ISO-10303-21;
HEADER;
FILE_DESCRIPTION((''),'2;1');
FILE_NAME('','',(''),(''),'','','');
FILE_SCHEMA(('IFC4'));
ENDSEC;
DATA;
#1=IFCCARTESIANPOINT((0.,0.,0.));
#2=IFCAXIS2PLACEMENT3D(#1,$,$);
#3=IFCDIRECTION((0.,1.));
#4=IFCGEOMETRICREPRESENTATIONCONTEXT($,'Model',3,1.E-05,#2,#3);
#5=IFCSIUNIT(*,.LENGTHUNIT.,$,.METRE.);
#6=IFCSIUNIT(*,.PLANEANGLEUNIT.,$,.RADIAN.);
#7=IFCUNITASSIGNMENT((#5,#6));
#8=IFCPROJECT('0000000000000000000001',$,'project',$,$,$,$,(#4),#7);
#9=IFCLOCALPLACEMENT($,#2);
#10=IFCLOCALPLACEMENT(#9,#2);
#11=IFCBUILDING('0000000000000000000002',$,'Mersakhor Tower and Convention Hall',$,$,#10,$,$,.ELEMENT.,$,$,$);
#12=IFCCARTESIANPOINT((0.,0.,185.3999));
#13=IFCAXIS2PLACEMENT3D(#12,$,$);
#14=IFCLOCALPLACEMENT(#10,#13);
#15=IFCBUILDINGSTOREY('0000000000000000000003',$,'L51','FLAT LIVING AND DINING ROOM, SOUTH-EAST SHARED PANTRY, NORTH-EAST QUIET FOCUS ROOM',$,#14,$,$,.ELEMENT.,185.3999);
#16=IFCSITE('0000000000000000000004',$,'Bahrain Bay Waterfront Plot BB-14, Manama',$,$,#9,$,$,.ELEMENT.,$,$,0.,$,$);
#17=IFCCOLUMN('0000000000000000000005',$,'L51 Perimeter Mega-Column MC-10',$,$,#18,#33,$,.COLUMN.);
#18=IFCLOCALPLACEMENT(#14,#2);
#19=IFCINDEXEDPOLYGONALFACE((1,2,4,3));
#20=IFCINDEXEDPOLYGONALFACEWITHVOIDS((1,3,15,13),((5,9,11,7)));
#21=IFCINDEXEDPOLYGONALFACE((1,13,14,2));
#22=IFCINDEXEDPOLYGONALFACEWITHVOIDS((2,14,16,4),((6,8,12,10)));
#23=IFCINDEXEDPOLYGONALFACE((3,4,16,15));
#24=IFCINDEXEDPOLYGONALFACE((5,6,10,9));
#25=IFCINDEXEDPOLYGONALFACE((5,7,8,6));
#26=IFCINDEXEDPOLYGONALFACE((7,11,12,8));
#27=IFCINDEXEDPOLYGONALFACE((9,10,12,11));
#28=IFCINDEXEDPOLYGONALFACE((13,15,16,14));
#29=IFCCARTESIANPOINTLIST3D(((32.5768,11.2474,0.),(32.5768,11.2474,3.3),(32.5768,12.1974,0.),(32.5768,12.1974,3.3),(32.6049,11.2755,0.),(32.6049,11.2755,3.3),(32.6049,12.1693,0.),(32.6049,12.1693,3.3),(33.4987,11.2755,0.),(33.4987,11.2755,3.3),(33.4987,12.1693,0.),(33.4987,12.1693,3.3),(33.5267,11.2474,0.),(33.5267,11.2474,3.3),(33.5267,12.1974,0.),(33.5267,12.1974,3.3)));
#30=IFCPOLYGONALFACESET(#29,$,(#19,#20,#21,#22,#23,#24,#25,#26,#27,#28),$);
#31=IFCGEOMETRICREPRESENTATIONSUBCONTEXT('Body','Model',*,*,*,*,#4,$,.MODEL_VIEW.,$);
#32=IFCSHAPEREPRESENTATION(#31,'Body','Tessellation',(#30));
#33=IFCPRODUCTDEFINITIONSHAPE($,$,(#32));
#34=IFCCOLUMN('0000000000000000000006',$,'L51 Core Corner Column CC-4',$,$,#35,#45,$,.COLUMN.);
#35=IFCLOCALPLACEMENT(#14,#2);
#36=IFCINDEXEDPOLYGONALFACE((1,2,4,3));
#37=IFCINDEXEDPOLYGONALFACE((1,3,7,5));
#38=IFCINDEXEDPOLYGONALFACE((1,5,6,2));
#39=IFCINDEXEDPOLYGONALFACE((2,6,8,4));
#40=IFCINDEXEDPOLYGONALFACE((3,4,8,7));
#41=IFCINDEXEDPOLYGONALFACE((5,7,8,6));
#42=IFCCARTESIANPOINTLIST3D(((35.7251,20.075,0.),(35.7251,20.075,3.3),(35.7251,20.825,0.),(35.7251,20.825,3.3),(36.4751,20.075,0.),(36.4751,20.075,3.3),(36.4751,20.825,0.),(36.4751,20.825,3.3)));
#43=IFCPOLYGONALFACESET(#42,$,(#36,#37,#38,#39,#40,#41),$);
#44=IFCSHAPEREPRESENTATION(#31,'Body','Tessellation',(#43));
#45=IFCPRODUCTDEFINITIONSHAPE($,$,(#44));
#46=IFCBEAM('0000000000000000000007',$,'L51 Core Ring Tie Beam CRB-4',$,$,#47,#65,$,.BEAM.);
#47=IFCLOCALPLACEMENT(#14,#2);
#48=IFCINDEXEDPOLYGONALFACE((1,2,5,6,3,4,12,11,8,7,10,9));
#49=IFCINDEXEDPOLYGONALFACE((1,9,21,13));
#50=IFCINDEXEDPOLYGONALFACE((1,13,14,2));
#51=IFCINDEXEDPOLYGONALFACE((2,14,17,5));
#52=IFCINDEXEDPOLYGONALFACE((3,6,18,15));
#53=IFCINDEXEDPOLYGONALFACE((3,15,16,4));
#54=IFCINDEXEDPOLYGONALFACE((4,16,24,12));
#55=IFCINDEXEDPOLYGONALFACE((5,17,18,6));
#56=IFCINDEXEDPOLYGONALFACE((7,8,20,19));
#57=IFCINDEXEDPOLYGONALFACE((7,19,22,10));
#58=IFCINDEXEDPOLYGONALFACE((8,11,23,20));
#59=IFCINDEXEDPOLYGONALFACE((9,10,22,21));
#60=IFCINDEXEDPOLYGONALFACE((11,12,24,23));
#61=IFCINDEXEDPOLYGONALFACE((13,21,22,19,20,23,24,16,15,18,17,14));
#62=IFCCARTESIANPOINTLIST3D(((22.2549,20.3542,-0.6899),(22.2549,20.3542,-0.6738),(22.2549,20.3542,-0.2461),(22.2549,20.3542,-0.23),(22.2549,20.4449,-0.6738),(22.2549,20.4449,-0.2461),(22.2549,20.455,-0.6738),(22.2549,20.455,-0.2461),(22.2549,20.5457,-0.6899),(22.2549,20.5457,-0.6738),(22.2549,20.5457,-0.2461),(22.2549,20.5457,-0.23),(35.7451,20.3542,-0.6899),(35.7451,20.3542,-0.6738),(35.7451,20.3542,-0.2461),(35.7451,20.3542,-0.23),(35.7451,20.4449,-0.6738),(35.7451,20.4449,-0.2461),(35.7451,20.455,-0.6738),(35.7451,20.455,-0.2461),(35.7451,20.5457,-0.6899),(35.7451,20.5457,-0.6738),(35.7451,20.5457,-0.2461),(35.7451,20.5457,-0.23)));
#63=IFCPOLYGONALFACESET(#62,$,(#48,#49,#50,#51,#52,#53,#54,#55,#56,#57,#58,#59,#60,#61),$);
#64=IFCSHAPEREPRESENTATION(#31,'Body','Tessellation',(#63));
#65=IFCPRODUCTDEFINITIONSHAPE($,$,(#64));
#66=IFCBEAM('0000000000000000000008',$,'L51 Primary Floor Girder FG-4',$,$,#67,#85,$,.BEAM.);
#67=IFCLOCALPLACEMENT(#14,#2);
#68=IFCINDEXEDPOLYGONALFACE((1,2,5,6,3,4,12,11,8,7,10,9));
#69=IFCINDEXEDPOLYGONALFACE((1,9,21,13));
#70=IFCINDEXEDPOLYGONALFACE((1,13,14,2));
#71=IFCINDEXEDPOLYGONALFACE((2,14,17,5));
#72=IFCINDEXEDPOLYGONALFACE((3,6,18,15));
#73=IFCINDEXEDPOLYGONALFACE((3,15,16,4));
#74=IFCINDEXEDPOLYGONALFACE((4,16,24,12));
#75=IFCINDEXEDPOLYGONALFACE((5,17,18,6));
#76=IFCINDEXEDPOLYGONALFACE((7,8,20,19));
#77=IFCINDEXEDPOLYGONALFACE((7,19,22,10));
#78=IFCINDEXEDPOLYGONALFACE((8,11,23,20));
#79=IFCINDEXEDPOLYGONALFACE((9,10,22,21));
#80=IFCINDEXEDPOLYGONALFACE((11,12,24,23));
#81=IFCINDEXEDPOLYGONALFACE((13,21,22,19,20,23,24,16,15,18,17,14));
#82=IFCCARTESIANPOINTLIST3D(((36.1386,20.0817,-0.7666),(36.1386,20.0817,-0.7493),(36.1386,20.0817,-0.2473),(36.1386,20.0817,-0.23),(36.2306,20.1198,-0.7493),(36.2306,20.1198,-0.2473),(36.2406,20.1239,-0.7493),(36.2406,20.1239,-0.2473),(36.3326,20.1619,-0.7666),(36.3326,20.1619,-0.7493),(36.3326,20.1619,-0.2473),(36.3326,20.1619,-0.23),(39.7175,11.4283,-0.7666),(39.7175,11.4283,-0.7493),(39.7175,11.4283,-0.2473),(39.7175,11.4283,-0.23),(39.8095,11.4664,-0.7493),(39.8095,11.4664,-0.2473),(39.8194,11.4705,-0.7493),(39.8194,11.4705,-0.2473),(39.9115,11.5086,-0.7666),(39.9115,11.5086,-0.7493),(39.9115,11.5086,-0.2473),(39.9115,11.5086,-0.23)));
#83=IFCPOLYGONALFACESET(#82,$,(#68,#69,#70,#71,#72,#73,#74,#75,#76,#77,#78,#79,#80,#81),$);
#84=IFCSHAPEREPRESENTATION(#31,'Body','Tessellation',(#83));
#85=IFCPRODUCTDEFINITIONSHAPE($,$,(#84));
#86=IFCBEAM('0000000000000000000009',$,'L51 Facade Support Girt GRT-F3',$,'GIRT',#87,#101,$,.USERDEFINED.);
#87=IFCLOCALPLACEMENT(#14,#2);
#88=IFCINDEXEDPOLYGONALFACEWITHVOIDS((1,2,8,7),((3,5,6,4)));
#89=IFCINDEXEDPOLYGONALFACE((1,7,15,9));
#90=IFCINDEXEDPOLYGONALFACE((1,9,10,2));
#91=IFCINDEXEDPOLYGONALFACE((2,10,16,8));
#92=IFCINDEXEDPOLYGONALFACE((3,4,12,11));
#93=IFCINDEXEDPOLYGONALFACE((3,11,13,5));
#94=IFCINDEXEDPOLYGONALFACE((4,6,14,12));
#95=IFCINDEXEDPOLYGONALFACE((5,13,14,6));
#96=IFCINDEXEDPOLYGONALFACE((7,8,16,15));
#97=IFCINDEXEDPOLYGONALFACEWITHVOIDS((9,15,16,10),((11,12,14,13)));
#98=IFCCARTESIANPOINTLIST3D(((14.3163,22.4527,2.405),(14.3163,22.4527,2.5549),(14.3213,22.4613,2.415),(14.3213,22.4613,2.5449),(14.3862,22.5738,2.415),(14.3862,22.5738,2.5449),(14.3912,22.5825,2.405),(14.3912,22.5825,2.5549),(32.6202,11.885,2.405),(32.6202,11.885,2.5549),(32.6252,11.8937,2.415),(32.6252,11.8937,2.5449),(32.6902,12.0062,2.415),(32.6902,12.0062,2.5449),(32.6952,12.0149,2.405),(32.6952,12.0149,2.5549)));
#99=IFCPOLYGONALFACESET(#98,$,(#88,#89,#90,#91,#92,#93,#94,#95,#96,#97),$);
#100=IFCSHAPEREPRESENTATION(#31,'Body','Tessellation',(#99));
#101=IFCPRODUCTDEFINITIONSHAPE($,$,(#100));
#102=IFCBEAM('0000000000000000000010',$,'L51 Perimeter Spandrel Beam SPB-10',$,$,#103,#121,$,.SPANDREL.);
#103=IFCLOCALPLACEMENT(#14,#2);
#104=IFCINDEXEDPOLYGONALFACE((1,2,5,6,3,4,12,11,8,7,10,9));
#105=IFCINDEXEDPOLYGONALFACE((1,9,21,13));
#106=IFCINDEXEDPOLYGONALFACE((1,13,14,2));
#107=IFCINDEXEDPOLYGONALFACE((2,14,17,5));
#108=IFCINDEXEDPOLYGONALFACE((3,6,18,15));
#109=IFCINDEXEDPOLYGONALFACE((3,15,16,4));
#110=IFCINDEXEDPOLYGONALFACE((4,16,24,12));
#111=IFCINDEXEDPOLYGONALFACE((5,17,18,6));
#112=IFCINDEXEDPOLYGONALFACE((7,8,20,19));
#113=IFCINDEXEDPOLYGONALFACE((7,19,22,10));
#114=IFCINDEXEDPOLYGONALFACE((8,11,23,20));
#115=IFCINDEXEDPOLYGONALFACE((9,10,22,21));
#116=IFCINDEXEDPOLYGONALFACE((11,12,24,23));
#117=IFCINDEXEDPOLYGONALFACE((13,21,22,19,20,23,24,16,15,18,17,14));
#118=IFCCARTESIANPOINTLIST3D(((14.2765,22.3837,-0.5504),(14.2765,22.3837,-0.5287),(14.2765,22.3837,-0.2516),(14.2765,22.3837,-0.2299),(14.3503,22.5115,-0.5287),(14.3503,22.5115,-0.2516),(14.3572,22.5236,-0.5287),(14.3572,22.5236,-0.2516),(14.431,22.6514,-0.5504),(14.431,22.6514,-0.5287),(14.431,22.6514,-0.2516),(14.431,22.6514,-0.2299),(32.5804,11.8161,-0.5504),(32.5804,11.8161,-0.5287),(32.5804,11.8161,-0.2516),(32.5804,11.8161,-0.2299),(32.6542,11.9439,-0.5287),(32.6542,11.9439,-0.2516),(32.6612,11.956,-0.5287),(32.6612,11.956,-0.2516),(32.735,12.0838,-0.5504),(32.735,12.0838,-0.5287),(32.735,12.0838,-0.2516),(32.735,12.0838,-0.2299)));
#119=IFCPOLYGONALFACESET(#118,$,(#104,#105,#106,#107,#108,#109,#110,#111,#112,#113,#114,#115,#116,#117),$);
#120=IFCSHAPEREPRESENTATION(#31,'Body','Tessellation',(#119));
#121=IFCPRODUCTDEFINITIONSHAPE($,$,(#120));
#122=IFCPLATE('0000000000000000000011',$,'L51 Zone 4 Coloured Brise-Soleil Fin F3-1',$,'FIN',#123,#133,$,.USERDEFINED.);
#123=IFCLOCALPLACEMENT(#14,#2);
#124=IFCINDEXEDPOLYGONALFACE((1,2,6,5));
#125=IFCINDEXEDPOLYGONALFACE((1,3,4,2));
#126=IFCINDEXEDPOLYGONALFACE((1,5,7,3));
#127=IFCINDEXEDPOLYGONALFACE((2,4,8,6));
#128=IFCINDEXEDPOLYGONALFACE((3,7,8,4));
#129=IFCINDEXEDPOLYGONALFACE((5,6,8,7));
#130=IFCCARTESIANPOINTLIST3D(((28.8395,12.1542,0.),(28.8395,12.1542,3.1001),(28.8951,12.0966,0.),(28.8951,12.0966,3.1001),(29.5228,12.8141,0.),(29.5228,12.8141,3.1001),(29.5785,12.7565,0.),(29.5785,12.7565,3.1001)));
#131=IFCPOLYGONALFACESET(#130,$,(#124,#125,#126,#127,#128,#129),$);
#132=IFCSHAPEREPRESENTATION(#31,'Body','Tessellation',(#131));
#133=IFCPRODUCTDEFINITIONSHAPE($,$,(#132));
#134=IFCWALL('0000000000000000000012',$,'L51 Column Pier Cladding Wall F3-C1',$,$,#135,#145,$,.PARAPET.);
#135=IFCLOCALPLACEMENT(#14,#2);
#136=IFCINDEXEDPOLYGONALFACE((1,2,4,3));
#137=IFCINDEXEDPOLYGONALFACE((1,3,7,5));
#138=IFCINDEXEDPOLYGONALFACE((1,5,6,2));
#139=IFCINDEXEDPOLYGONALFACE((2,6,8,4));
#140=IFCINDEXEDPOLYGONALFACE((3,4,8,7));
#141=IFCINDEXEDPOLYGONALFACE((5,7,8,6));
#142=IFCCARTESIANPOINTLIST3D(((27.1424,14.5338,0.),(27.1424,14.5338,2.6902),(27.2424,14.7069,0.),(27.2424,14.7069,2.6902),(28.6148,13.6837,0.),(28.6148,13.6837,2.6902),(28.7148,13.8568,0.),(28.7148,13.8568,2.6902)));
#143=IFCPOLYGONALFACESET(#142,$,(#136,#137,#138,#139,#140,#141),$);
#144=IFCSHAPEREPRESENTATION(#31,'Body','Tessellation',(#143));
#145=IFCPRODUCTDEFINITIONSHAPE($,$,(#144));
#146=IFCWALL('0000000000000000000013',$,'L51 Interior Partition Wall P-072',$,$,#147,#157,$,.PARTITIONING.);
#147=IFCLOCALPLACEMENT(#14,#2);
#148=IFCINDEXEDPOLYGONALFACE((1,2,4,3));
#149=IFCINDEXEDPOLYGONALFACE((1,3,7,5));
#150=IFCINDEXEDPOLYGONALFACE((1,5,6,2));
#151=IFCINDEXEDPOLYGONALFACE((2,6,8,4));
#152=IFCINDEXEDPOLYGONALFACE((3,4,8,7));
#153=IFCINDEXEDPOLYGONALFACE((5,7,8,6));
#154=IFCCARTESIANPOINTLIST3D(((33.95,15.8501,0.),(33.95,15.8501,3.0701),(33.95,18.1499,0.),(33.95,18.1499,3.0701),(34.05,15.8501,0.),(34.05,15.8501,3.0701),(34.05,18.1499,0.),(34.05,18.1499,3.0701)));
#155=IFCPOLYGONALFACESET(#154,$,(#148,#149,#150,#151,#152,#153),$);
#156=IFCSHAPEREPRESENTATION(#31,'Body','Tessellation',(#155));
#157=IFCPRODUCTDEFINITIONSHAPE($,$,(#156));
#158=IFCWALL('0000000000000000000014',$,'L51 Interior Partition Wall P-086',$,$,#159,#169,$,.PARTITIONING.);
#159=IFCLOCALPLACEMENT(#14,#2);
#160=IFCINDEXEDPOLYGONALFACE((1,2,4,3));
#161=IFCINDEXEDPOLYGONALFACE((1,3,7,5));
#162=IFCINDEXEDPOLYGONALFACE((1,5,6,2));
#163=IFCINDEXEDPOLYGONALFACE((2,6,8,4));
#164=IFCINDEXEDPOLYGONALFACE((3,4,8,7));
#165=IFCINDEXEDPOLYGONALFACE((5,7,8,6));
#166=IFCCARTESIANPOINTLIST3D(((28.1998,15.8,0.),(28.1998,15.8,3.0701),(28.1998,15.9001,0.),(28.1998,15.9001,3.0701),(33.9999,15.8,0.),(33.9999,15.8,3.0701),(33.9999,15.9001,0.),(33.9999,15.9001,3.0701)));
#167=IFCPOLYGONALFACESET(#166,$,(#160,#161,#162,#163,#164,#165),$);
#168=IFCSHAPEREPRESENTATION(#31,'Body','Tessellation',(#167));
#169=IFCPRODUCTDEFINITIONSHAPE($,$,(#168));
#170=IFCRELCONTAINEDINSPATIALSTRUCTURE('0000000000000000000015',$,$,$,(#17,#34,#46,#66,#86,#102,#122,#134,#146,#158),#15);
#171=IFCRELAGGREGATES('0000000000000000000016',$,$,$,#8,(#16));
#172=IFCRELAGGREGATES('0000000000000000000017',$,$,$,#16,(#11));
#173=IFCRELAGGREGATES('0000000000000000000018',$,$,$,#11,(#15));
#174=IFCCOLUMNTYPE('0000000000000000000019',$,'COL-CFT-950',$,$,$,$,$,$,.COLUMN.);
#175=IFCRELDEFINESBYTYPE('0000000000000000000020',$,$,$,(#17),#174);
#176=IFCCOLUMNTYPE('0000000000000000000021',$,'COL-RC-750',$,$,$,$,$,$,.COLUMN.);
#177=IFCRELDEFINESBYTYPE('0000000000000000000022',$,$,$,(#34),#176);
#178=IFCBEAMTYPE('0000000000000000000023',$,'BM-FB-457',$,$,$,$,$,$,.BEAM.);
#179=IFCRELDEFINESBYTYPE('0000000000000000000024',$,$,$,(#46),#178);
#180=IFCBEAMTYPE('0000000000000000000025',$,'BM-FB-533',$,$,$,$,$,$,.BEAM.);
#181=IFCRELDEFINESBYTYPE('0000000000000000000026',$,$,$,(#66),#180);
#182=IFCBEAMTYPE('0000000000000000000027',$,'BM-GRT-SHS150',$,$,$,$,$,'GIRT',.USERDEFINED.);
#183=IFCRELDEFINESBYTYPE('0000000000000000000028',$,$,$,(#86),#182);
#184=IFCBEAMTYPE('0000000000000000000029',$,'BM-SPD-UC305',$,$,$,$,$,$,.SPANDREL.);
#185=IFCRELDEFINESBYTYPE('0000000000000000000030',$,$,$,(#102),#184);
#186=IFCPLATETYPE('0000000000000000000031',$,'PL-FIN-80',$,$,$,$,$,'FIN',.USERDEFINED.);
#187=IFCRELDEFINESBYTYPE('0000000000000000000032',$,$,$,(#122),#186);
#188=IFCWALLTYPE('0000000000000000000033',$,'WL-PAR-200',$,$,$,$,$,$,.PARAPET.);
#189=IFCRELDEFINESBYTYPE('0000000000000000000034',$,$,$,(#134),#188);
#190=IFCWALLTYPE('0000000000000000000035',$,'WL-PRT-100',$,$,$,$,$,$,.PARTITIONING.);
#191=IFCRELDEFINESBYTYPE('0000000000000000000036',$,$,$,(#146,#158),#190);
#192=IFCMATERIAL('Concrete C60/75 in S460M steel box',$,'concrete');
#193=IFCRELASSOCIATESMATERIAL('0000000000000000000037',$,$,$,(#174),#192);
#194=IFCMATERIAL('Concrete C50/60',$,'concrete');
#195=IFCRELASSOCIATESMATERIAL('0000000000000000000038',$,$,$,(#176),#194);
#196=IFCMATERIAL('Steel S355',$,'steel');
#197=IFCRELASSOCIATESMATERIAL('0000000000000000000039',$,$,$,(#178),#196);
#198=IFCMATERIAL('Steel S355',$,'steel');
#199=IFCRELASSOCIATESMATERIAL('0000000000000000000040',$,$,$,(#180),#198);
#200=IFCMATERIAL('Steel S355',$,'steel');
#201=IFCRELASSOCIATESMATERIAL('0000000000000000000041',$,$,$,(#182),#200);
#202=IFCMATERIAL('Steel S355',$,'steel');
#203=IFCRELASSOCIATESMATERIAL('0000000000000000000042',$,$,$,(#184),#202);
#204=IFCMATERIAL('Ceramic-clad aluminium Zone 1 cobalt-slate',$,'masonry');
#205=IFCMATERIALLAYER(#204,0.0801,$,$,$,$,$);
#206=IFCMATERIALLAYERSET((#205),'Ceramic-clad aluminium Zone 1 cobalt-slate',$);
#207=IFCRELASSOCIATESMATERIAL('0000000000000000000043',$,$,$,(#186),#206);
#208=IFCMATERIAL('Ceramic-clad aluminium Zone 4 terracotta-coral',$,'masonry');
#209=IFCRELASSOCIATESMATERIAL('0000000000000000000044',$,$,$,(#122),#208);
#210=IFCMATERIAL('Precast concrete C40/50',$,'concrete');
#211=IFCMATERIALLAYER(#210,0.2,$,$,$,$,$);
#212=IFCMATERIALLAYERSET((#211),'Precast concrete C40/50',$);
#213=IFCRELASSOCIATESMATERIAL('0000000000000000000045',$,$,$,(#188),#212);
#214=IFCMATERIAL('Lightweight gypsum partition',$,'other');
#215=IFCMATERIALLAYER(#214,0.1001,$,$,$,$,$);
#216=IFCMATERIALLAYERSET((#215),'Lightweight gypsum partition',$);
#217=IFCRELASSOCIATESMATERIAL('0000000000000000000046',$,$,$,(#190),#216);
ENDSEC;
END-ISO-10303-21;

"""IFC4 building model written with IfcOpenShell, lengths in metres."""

from ifc_helpers import new_model, si_unit, direction, frame, frame_2d, origin, origin_2d, place, context, subcontext, project, spatial, rectangle, hollow_rectangle, i_section, extrude, material, layer, layer_set, material_profile, profile_set, type_object, element, save


model = new_model("IFC4")

# Units and contexts
model_context = context("Model", 3, precision=1e-05, world=origin(), true_north=direction((0.0, 1.0)))
body_context = subcontext(model_context, "Body", "Model", "MODEL_VIEW")
ifc_project = project(units=[si_unit("LENGTHUNIT", "METRE"), si_unit("PLANEANGLEUNIT", "RADIAN")], contexts=[model_context])

# Site, building, storey
site_placement = place(None, origin())
site = spatial("IfcSite", under=ifc_project, at=site_placement, Name="Bahrain Bay Waterfront Plot BB-14, Manama", CompositionType="ELEMENT", RefElevation=0.0)
building_placement = place(site_placement, origin())
building = spatial("IfcBuilding", under=site, at=building_placement, Name="Mersakhor Tower and Convention Hall", CompositionType="ELEMENT")
storey_placement = place(building_placement, frame((0.0, 0.0, 185.3999)))
storey = spatial("IfcBuildingStorey", under=building, at=storey_placement, Name="L51", Description="FLAT LIVING AND DINING ROOM, SOUTH-EAST SHARED PANTRY, NORTH-EAST QUIET FOCUS ROOM", CompositionType="ELEMENT", Elevation=185.3999)

# Columns
ifc_material_1 = material(Name="Concrete C60/75 in S460M steel box", Category="concrete")
ifc_material_profile_1 = material_profile(ifc_material_1, hollow_rectangle(XDim=0.95, YDim=0.95, WallThickness=0.0281, at=origin_2d()), Name="SHS 950x950x28")
ifc_profile_set_1 = profile_set([ifc_material_profile_1], Name="Concrete C60/75 in S460M steel box")
column_type_1 = type_object("IfcColumnType", Name="COL-CFT-950", PredefinedType="COLUMN", material=ifc_profile_set_1)
column_1_placement = place(storey_placement, frame((33.0518, 11.7224, 0.0), z_axis=(0.0, 0.0, 1.0), x_axis=(1.0, 0.0, 0.0)))
element("IfcColumn", 1, at=column_1_placement, inside=storey, type_object=column_type_1, Name="L51 Perimeter Mega-Column MC-10", PredefinedType="COLUMN", context=body_context, shape_type="SweptSolid", body=[
    extrude(hollow_rectangle(XDim=0.95, YDim=0.95, WallThickness=0.0281, at=origin_2d()), origin(), (0.0, 0.0, 1.0), 3.3),
])
ifc_material_2 = material(Name="Concrete C50/60", Category="concrete")
ifc_material_profile_2 = material_profile(ifc_material_2, rectangle(XDim=0.75, YDim=0.75, at=origin_2d()), Name="RC 750x750")
ifc_profile_set_2 = profile_set([ifc_material_profile_2], Name="Concrete C50/60")
column_type_2 = type_object("IfcColumnType", Name="COL-RC-750", PredefinedType="COLUMN", material=ifc_profile_set_2)
column_2_placement = place(storey_placement, frame((36.1001, 20.45, 0.0), z_axis=(0.0, 0.0, 1.0), x_axis=(1.0, 0.0, 0.0)))
element("IfcColumn", 2, at=column_2_placement, inside=storey, type_object=column_type_2, Name="L51 Core Corner Column CC-4", PredefinedType="COLUMN", context=body_context, shape_type="SweptSolid", body=[
    extrude(rectangle(XDim=0.75, YDim=0.75, at=origin_2d()), origin(), (0.0, 0.0, 1.0), 3.3),
])

# Beams
ifc_material_3 = material(Name="Steel S355", Category="steel")
ifc_material_profile_3 = material_profile(ifc_material_3, i_section(OverallWidth=0.1914, OverallDepth=0.46, WebThickness=0.01, FlangeThickness=0.0161, at=origin_2d()), Name="UB 457x191x82")
ifc_profile_set_3 = profile_set([ifc_material_profile_3], Name="Steel S355")
beam_type_1 = type_object("IfcBeamType", Name="BM-FB-457", PredefinedType="BEAM", material=ifc_profile_set_3)
beam_1_placement = place(storey_placement, frame((35.7451, 20.45, -0.46), z_axis=(-1.0, 0.0, 0.0), x_axis=(0.0, -1.0, 0.0)))
element("IfcBeam", 3, at=beam_1_placement, inside=storey, type_object=beam_type_1, Name="L51 Core Ring Tie Beam CRB-4", PredefinedType="BEAM", context=body_context, shape_type="SweptSolid", body=[
    extrude(i_section(OverallWidth=0.1914, OverallDepth=0.46, WebThickness=0.01, FlangeThickness=0.0161, at=origin_2d()), origin(), (0.0, 0.0, 1.0), 13.4902),
])
ifc_material_4 = material(Name="Steel S355", Category="steel")
ifc_material_profile_4 = material_profile(ifc_material_4, i_section(OverallWidth=0.21, OverallDepth=0.5366, WebThickness=0.0107, FlangeThickness=0.0173, at=origin_2d()), Name="UB 533x210x101")
ifc_profile_set_4 = profile_set([ifc_material_profile_4], Name="Steel S355")
beam_type_2 = type_object("IfcBeamType", Name="BM-FB-533", PredefinedType="BEAM", material=ifc_profile_set_4)
beam_2_placement = place(storey_placement, frame((36.2356, 20.1218, -0.4983), z_axis=(0.382185, -0.924086, 0.0), x_axis=(0.924086, 0.382185, 0.0)))
element("IfcBeam", 4, at=beam_2_placement, inside=storey, type_object=beam_type_2, Name="L51 Primary Floor Girder FG-4", PredefinedType="BEAM", context=body_context, shape_type="SweptSolid", body=[
    extrude(i_section(OverallWidth=0.21, OverallDepth=0.5366, WebThickness=0.0107, FlangeThickness=0.0173, at=origin_2d()), origin(), (0.0, 0.0, 1.0), 9.3643),
])
ifc_material_5 = material(Name="Steel S355", Category="steel")
ifc_material_profile_5 = material_profile(ifc_material_5, hollow_rectangle(XDim=0.1499, YDim=0.1499, WallThickness=0.01, at=origin_2d()), Name="SHS 150x150x10")
ifc_profile_set_5 = profile_set([ifc_material_profile_5], Name="Steel S355")
beam_type_3 = type_object("IfcBeamType", Name="BM-GRT-SHS150", ElementType="GIRT", PredefinedType="USERDEFINED", material=ifc_profile_set_5)
beam_3_placement = place(storey_placement, frame((32.6577, 11.95, 2.48), z_axis=(-0.866029, 0.499994, 0.0), x_axis=(-0.499994, -0.866029, 0.0)))
element("IfcBeam", 5, at=beam_3_placement, inside=storey, type_object=beam_type_3, Name="L51 Facade Support Girt GRT-F3", ObjectType="GIRT", PredefinedType="USERDEFINED", context=body_context, shape_type="SweptSolid", body=[
    extrude(hollow_rectangle(XDim=0.1499, YDim=0.1499, WallThickness=0.01, at=origin_2d()), origin(), (0.0, 0.0, 1.0), 21.1355),
])
ifc_material_6 = material(Name="Steel S355", Category="steel")
ifc_material_profile_6 = material_profile(ifc_material_6, i_section(OverallWidth=0.3091, OverallDepth=0.3206, WebThickness=0.0139, FlangeThickness=0.0217, at=origin_2d()), Name="UC 305x305x137")
ifc_profile_set_6 = profile_set([ifc_material_profile_6], Name="Steel S355")
beam_type_4 = type_object("IfcBeamType", Name="BM-SPD-UC305", PredefinedType="SPANDREL", material=ifc_profile_set_6)
beam_4_placement = place(storey_placement, frame((32.6577, 11.95, -0.3901), z_axis=(-0.866029, 0.499994, 0.0), x_axis=(-0.499994, -0.866029, 0.0)))
element("IfcBeam", 6, at=beam_4_placement, inside=storey, type_object=beam_type_4, Name="L51 Perimeter Spandrel Beam SPB-10", PredefinedType="SPANDREL", context=body_context, shape_type="SweptSolid", body=[
    extrude(i_section(OverallWidth=0.3091, OverallDepth=0.3206, WebThickness=0.0139, FlangeThickness=0.0217, at=origin_2d()), origin(), (0.0, 0.0, 1.0), 21.1355),
])

# Plate
ifc_material_7 = material(Name="Ceramic-clad aluminium Zone 4 terracotta-coral", Category="masonry")
ifc_material_8 = material(Name="Ceramic-clad aluminium Zone 1 cobalt-slate", Category="masonry")
ifc_layer_1 = layer(ifc_material_8, 0.0801)
ifc_layer_set_1 = layer_set([ifc_layer_1], Name="Ceramic-clad aluminium Zone 1 cobalt-slate")
plate_type = type_object("IfcPlateType", Name="PL-FIN-80", ElementType="FIN", PredefinedType="USERDEFINED", material=ifc_layer_set_1)
plate_placement = place(storey_placement, frame((29.209, 12.4553, 0.0), z_axis=(0.0, 0.0, 1.0), x_axis=(-0.71934, -0.694658, 0.0)))
element("IfcPlate", 7, at=plate_placement, inside=storey, type_object=plate_type, material=ifc_material_7, Name="L51 Zone 4 Coloured Brise-Soleil Fin F3-1", ObjectType="FIN", PredefinedType="USERDEFINED", context=body_context, shape_type="SweptSolid", body=[
    extrude(rectangle(XDim=0.95, YDim=0.0801, at=origin_2d()), origin(), (0.0, 0.0, 1.0), 3.1001),
])

# Walls
ifc_material_9 = material(Name="Precast concrete C40/50", Category="concrete")
ifc_layer_2 = layer(ifc_material_9, 0.2)
ifc_layer_set_2 = layer_set([ifc_layer_2], Name="Precast concrete C40/50")
wall_type_1 = type_object("IfcWallType", Name="WL-PAR-200", PredefinedType="PARAPET", material=ifc_layer_set_2)
wall_1_placement = place(storey_placement, frame((28.6648, 13.7703, 0.0), z_axis=(0.0, 0.0, 1.0), x_axis=(-0.866025, 0.5, 0.0)))
element("IfcWall", 8, at=wall_1_placement, inside=storey, type_object=wall_type_1, Name="L51 Column Pier Cladding Wall F3-C1", PredefinedType="PARAPET", context=body_context, shape_type="SweptSolid", body=[
    extrude(rectangle(XDim=1.7002, YDim=0.2, at=frame_2d((0.8501, 0.0))), origin(), (0.0, 0.0, 1.0), 2.6902),
])
ifc_material_10 = material(Name="Lightweight gypsum partition", Category="other")
ifc_layer_3 = layer(ifc_material_10, 0.1001)
ifc_layer_set_3 = layer_set([ifc_layer_3], Name="Lightweight gypsum partition")
wall_type_2 = type_object("IfcWallType", Name="WL-PRT-100", PredefinedType="PARTITIONING", material=ifc_layer_set_3)
wall_2_placement = place(storey_placement, frame((34.0, 15.8501, 0.0), z_axis=(0.0, 0.0, 1.0), x_axis=(0.0, 1.0, 0.0)))
element("IfcWall", 9, at=wall_2_placement, inside=storey, type_object=wall_type_2, Name="L51 Interior Partition Wall P-072", PredefinedType="PARTITIONING", context=body_context, shape_type="SweptSolid", body=[
    extrude(rectangle(XDim=2.2998, YDim=0.1001, at=frame_2d((1.1499, 0.0))), origin(), (0.0, 0.0, 1.0), 3.0701),
])
wall_3_placement = place(storey_placement, frame((28.2, 15.8501, 0.0), z_axis=(0.0, 0.0, 1.0), x_axis=(1.0, 0.0, 0.0)))
element("IfcWall", 10, at=wall_3_placement, inside=storey, type_object=wall_type_2, Name="L51 Interior Partition Wall P-086", PredefinedType="PARTITIONING", context=body_context, shape_type="SweptSolid", body=[
    extrude(rectangle(XDim=5.8, YDim=0.1001, at=frame_2d((2.8999, 0.0))), origin(), (0.0, 0.0, 1.0), 3.0701),
])

save(model, "model.ifc")
